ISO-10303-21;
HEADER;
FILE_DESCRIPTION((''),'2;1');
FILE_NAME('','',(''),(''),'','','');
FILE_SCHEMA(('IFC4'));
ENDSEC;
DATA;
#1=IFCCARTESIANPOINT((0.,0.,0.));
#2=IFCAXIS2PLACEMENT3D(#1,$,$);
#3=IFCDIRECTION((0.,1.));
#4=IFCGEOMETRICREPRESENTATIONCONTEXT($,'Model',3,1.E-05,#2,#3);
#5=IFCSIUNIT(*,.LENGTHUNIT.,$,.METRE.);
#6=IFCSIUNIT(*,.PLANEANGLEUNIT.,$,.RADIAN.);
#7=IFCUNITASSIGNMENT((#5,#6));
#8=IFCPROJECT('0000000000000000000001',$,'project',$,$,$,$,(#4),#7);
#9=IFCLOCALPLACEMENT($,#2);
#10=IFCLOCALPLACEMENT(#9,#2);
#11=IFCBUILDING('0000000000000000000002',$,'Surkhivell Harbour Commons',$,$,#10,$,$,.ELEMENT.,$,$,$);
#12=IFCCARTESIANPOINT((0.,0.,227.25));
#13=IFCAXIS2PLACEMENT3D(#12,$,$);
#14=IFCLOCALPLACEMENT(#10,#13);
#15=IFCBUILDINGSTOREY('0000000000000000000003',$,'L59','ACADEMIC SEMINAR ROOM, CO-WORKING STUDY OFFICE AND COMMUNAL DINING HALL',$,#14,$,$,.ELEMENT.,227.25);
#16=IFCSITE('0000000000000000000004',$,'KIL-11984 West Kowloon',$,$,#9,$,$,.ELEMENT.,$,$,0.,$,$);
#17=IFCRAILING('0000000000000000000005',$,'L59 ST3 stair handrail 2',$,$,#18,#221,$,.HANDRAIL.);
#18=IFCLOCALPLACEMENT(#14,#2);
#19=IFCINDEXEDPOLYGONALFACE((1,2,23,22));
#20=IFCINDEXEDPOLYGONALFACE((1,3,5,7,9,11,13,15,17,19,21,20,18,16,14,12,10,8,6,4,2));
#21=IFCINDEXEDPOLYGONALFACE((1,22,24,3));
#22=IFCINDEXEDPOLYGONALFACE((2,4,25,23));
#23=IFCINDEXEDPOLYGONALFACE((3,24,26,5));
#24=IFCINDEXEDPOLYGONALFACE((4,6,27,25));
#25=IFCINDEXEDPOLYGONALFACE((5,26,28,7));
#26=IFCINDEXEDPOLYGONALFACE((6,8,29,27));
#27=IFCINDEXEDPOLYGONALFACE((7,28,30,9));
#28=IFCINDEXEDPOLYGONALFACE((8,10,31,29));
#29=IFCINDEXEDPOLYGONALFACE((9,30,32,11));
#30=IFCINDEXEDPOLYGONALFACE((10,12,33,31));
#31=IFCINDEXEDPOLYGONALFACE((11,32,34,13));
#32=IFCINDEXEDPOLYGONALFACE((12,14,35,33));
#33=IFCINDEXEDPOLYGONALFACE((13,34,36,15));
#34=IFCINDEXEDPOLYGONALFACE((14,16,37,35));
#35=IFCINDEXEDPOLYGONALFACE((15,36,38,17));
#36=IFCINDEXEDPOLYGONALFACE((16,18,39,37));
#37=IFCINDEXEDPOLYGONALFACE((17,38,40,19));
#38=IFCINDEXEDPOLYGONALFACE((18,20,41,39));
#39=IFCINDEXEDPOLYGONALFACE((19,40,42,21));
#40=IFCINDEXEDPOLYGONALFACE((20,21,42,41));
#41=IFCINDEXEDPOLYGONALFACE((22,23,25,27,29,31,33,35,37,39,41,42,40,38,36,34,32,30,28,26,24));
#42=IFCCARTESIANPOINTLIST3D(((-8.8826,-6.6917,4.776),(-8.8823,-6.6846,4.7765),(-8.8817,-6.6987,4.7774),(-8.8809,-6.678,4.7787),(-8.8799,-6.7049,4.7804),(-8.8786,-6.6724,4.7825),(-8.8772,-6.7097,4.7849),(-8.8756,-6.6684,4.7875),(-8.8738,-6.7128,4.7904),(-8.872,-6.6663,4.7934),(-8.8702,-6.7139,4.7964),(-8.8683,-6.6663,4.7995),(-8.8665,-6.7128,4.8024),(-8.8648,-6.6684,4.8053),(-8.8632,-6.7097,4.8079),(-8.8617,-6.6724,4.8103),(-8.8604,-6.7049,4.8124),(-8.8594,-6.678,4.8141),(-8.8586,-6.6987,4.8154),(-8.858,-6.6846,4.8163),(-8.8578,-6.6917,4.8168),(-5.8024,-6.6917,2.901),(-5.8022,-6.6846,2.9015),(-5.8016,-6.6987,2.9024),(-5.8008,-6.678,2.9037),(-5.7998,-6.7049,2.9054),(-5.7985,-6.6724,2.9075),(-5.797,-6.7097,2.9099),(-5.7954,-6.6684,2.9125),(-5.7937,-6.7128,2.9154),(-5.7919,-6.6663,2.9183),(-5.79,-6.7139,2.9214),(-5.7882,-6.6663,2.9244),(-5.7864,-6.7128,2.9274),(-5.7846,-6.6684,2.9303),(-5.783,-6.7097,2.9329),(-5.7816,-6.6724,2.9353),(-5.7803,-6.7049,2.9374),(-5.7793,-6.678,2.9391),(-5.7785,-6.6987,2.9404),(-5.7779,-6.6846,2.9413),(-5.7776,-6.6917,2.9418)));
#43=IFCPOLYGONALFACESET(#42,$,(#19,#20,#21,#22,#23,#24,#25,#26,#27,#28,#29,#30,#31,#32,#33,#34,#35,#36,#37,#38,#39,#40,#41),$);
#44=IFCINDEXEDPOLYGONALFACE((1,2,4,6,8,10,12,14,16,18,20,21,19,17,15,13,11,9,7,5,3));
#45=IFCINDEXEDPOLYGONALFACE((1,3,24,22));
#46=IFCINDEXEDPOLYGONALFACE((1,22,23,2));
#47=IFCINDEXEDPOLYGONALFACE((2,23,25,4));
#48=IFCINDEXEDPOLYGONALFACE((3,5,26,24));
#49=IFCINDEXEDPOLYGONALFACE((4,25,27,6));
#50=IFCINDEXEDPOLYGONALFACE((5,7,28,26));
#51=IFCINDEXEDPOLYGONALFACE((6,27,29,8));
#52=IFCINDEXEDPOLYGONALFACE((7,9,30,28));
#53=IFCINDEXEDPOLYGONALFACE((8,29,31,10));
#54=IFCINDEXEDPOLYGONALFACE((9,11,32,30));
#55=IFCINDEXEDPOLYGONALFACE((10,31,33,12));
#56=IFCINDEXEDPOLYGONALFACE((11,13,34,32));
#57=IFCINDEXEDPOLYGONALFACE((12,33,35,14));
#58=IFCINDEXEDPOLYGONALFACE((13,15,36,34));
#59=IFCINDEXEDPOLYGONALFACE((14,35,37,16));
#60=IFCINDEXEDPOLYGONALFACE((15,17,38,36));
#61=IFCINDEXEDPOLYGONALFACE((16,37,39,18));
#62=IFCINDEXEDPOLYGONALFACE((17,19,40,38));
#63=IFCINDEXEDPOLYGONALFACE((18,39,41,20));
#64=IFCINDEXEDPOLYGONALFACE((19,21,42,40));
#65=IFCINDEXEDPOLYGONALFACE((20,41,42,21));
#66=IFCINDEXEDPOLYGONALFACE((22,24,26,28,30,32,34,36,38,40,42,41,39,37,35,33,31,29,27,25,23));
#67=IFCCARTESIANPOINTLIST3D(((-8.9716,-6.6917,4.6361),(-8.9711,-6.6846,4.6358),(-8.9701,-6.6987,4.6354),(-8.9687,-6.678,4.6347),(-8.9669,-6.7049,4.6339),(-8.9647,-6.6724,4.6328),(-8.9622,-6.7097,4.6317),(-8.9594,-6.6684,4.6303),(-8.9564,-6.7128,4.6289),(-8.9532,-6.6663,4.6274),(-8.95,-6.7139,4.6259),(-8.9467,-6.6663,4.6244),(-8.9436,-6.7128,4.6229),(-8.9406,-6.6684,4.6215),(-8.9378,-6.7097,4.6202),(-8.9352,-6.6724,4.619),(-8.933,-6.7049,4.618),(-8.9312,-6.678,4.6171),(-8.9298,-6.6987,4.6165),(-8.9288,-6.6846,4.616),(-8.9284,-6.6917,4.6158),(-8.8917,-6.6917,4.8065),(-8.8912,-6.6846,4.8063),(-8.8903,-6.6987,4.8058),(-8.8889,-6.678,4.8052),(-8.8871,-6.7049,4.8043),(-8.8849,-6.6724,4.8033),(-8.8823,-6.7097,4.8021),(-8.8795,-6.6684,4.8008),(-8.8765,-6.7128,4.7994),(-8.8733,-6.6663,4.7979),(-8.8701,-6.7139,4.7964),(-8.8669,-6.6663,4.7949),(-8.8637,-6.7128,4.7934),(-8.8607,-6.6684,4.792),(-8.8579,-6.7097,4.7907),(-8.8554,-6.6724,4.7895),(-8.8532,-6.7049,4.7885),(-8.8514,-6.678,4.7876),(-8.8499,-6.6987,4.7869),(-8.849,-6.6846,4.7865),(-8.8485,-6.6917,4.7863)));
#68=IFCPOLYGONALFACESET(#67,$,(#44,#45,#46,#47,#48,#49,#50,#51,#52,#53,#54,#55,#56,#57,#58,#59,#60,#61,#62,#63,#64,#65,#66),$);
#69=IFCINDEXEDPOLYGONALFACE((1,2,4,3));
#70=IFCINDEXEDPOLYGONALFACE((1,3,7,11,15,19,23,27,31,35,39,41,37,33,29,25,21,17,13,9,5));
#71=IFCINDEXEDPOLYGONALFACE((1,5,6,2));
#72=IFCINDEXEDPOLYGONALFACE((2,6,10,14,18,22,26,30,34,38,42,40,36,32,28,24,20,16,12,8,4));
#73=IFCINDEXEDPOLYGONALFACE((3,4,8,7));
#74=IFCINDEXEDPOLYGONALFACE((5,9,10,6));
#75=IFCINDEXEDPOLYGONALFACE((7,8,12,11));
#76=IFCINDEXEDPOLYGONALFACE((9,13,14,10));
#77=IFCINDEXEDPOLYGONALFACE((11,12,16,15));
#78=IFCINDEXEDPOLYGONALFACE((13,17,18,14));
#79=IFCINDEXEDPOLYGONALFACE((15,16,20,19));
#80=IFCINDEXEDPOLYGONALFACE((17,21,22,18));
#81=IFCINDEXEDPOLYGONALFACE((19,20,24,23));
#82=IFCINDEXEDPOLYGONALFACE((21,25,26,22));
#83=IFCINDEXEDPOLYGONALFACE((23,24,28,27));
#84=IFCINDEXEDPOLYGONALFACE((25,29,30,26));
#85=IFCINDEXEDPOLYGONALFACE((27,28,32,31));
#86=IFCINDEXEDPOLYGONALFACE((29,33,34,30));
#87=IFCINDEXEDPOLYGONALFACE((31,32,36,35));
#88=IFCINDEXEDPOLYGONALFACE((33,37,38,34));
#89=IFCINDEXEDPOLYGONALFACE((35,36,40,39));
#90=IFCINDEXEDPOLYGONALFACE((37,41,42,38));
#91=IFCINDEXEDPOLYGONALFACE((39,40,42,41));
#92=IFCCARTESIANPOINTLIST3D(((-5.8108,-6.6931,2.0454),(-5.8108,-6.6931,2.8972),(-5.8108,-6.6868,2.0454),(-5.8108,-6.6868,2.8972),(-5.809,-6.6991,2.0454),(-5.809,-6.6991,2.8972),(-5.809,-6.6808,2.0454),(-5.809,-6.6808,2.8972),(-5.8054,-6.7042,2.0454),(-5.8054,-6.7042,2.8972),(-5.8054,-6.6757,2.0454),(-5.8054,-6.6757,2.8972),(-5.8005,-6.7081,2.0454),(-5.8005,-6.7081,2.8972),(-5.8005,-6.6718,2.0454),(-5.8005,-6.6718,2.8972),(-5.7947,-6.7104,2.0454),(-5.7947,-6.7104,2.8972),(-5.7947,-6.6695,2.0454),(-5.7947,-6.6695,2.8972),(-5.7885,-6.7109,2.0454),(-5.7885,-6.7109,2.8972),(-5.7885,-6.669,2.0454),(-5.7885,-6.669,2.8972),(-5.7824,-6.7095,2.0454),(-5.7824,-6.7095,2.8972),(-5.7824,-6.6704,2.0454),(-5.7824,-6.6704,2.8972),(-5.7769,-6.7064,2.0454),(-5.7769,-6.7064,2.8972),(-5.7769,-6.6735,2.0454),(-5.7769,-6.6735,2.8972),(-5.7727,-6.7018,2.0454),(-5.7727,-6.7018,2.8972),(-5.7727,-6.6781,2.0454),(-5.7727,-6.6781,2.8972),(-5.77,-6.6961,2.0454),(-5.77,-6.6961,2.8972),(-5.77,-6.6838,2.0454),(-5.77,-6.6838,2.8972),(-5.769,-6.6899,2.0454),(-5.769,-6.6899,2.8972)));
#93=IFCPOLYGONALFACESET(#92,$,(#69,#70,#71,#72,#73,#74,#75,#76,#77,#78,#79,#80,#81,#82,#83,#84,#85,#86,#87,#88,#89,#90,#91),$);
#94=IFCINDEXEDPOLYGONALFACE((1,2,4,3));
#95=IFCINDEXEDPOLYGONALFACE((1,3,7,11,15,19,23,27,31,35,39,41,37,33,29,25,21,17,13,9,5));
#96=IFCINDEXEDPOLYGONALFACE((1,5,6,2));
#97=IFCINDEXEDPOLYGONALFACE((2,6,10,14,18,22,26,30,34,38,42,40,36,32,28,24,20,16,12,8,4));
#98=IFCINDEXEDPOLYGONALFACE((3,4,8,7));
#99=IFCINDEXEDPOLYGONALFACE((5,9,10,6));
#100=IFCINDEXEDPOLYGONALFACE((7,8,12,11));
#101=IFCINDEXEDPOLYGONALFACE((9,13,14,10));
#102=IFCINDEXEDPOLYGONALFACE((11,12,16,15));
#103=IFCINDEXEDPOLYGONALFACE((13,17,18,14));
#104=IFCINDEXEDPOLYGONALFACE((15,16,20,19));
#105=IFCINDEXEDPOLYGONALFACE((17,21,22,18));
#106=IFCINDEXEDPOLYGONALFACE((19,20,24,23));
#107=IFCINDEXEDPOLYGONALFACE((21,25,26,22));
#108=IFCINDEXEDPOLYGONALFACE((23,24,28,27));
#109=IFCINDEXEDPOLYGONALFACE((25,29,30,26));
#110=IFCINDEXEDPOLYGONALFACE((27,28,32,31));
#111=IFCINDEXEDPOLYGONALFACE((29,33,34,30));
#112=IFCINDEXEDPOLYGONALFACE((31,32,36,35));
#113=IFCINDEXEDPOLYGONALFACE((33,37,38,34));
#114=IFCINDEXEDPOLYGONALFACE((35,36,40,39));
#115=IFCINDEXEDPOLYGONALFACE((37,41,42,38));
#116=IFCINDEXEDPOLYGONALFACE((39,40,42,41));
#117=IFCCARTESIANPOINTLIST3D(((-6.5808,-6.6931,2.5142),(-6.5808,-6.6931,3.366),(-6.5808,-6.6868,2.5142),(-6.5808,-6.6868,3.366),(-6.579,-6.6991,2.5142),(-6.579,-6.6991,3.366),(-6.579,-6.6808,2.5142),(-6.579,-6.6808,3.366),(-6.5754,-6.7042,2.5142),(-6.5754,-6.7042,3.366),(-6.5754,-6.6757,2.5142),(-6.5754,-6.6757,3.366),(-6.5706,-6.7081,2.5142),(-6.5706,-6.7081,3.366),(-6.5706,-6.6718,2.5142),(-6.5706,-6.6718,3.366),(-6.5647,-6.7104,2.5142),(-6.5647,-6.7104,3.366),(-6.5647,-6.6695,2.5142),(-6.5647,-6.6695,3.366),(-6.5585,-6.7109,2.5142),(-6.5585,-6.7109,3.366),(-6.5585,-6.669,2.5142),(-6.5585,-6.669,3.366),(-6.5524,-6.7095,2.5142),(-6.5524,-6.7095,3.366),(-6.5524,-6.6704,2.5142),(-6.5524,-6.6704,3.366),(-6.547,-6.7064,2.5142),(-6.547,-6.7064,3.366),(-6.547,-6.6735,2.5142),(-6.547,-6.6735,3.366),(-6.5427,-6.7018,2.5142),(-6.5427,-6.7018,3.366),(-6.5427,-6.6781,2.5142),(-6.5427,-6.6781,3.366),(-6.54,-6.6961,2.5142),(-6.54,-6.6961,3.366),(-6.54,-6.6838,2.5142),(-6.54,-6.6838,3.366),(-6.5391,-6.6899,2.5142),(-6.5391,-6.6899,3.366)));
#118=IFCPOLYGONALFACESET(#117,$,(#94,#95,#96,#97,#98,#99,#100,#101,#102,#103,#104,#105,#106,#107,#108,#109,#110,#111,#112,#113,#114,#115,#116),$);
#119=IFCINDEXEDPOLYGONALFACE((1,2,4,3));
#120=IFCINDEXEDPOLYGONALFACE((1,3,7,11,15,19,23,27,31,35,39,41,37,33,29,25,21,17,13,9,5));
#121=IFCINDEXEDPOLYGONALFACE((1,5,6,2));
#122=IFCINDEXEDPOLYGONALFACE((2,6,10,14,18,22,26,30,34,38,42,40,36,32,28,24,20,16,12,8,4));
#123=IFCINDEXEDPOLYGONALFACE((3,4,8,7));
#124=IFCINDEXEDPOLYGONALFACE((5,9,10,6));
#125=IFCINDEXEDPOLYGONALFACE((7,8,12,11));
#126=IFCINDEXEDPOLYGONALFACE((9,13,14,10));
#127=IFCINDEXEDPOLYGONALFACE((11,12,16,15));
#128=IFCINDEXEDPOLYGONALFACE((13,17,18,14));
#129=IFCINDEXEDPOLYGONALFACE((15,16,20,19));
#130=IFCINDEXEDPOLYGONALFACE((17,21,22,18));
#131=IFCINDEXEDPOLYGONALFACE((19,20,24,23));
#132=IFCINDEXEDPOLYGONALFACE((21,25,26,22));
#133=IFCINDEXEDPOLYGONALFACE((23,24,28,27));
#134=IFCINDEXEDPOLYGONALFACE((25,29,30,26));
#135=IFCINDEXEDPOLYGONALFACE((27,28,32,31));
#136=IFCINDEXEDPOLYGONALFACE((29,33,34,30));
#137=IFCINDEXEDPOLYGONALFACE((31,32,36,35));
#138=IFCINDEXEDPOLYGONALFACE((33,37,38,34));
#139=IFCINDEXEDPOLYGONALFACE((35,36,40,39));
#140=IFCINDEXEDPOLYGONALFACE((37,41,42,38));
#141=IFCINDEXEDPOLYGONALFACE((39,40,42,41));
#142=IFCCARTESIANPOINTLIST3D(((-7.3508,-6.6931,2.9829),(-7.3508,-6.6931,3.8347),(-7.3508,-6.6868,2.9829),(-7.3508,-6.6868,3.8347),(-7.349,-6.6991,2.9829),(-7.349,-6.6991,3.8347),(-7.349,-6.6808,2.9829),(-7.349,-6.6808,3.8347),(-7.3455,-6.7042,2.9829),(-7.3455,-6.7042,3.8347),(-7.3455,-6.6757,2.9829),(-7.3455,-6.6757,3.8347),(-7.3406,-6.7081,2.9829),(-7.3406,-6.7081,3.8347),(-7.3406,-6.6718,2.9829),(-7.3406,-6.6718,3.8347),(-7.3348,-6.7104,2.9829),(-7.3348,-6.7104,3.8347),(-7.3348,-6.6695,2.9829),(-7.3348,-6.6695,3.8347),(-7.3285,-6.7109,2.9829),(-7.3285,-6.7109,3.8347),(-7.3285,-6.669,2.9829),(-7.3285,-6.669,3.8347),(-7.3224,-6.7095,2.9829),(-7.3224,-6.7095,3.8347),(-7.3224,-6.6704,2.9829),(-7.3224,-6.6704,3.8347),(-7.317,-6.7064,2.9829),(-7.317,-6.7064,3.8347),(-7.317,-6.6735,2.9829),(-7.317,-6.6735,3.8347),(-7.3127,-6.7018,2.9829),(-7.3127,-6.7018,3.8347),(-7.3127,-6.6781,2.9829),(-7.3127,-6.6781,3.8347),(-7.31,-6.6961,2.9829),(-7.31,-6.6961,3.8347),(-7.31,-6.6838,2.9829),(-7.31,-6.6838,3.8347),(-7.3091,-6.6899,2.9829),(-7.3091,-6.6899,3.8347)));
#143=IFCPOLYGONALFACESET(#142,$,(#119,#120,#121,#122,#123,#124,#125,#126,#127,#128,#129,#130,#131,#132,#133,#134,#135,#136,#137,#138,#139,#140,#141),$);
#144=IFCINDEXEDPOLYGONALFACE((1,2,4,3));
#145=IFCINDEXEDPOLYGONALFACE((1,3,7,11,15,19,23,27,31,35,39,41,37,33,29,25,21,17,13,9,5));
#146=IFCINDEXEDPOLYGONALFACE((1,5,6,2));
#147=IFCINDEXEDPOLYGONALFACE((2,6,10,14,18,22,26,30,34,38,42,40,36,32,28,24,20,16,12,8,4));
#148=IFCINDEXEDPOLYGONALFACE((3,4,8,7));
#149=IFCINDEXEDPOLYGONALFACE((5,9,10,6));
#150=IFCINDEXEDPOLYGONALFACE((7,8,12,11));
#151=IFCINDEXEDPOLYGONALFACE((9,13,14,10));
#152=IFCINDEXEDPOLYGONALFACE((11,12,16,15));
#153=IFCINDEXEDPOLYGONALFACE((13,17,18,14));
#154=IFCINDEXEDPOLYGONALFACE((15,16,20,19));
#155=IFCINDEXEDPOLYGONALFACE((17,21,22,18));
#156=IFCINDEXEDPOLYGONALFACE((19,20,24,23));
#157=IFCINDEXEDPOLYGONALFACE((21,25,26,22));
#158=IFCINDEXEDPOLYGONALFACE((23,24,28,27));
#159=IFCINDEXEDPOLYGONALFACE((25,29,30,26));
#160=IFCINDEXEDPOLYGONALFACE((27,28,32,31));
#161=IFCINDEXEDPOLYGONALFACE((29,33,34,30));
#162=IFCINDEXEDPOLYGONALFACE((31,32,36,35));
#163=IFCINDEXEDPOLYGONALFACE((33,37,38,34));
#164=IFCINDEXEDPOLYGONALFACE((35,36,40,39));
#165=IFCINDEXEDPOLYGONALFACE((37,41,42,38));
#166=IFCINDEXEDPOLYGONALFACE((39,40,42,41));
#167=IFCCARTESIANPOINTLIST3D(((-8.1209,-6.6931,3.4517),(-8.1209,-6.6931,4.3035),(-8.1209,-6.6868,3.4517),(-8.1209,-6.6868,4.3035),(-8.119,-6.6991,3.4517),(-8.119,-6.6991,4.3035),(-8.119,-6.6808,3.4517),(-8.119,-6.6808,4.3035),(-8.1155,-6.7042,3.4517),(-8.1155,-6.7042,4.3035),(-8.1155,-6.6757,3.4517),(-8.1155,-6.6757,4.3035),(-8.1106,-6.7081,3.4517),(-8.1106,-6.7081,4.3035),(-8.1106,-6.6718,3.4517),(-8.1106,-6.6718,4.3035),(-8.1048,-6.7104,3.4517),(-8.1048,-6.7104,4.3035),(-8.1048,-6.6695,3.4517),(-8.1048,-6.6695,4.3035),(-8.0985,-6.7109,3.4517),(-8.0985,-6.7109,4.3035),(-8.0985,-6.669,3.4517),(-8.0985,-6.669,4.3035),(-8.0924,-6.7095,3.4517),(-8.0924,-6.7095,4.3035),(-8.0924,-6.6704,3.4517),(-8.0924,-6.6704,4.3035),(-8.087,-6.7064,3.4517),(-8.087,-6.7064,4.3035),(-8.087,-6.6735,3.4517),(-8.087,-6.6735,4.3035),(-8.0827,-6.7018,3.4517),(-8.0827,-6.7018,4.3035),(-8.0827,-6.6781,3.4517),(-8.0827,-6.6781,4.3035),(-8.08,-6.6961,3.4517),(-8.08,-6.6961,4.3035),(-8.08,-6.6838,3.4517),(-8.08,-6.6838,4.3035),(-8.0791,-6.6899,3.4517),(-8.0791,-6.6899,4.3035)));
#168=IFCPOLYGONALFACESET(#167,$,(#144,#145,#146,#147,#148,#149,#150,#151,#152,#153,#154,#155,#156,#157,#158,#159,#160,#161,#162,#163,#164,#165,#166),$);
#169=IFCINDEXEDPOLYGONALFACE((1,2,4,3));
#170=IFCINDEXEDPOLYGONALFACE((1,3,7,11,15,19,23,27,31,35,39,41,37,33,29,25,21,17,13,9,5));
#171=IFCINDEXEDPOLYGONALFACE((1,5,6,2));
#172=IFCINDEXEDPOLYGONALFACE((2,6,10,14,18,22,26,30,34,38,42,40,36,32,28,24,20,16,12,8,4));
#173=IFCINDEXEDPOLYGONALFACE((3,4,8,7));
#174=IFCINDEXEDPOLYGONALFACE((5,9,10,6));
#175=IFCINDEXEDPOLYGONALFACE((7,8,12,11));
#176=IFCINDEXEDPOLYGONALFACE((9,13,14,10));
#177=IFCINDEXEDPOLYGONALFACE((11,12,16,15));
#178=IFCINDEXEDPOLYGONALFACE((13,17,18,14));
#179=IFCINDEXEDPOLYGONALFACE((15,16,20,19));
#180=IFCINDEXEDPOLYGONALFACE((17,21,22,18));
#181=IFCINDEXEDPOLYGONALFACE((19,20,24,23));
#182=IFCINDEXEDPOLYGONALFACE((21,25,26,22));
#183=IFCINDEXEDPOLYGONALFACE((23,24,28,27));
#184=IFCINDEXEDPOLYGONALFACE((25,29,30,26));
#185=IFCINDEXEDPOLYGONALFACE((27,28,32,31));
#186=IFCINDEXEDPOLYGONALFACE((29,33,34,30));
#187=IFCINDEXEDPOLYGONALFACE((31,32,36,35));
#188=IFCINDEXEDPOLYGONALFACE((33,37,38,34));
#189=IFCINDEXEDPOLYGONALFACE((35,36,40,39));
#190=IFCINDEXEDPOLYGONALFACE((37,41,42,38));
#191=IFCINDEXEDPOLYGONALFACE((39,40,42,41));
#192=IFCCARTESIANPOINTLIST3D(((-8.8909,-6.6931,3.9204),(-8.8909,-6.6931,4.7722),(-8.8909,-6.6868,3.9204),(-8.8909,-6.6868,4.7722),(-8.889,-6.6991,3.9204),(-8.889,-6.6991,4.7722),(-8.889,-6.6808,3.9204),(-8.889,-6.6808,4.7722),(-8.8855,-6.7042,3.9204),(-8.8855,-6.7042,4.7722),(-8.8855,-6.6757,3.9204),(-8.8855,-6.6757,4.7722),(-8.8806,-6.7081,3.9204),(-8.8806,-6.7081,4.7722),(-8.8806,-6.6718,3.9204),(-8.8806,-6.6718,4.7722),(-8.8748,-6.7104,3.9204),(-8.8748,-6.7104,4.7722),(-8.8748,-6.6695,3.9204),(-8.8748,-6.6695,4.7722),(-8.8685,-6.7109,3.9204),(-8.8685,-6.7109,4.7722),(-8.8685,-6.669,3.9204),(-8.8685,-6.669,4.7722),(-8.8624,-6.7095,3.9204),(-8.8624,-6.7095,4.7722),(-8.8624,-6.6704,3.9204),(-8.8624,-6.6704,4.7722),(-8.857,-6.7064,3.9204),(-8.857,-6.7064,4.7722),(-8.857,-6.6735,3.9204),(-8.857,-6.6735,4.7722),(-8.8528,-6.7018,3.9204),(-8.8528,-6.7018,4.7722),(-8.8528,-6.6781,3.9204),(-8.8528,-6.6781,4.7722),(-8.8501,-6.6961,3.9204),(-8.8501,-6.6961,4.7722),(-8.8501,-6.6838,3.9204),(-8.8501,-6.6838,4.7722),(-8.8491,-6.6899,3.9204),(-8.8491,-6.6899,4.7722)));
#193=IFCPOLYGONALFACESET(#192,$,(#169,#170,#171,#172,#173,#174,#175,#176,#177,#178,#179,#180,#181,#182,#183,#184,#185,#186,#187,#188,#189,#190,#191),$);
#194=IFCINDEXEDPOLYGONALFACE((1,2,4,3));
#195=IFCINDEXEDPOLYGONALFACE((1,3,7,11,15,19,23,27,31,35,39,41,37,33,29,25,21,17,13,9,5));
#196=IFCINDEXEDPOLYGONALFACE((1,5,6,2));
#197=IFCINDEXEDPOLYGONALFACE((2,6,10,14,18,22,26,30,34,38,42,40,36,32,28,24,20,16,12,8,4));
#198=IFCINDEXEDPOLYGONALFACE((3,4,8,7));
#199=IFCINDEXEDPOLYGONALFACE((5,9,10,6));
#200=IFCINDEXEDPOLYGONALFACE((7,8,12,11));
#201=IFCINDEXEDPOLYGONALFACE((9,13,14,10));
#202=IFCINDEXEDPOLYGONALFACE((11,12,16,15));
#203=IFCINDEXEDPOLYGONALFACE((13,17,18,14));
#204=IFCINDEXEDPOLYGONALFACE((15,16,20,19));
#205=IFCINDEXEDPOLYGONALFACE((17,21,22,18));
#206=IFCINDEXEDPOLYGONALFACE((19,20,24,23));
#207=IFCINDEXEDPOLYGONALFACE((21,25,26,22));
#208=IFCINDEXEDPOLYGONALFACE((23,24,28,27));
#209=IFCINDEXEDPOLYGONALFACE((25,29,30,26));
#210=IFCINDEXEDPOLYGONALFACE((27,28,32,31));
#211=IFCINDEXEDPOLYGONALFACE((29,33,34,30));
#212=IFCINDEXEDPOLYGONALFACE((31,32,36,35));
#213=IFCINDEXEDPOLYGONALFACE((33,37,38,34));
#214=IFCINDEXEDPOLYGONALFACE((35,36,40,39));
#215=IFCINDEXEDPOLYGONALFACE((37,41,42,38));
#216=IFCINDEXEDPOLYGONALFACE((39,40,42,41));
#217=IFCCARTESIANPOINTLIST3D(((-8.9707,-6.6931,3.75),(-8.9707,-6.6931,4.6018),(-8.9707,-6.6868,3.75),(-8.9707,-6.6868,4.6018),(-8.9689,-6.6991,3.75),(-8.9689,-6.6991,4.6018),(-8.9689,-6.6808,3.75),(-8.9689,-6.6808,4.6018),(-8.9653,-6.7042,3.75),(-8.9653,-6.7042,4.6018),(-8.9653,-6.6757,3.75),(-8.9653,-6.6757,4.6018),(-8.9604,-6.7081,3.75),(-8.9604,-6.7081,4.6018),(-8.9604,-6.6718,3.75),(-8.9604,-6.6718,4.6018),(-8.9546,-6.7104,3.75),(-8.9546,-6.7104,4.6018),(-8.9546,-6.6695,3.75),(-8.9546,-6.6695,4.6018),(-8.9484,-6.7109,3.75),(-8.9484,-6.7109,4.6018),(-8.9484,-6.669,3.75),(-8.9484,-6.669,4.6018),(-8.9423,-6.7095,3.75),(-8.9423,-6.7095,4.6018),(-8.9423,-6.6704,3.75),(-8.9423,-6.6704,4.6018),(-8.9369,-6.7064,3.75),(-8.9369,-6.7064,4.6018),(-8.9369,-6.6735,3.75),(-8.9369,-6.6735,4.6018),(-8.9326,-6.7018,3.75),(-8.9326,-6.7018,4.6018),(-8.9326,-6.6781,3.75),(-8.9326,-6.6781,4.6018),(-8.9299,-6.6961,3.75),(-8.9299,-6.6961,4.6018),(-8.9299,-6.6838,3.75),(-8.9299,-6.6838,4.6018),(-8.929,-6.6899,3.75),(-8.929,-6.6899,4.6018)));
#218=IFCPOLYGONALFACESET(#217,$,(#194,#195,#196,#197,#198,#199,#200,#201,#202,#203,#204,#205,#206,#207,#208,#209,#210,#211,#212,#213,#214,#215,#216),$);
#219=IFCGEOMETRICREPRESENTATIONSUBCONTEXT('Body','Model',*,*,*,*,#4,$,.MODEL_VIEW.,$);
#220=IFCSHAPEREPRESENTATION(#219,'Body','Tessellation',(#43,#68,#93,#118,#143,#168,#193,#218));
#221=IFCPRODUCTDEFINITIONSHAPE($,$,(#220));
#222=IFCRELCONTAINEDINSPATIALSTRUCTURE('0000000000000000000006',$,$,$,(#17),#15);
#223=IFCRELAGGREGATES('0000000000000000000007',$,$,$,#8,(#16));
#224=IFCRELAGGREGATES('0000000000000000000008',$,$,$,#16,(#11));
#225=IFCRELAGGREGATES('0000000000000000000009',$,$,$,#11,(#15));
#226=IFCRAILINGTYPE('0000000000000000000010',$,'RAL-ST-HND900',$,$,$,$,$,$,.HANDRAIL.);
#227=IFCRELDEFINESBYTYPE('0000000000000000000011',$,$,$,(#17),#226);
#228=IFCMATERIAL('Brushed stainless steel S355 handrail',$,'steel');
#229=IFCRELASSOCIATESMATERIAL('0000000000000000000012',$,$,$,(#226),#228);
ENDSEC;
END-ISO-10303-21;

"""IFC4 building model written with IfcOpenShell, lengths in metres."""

from ifc_helpers import new_model, si_unit, direction, frame, origin, origin_2d, place, context, subcontext, project, spatial, circle, extrude, material, type_object, element, save


model = new_model("IFC4")

# Units and contexts
model_context = context("Model", 3, precision=1e-05, world=origin(), true_north=direction((0.0, 1.0)))
body_context = subcontext(model_context, "Body", "Model", "MODEL_VIEW")
ifc_project = project(units=[si_unit("LENGTHUNIT", "METRE"), si_unit("PLANEANGLEUNIT", "RADIAN")], contexts=[model_context])

# Site, building, storey
site_placement = place(None, origin())
site = spatial("IfcSite", under=ifc_project, at=site_placement, Name="KIL-11984 West Kowloon", CompositionType="ELEMENT", RefElevation=0.0)
building_placement = place(site_placement, origin())
building = spatial("IfcBuilding", under=site, at=building_placement, Name="Surkhivell Harbour Commons", CompositionType="ELEMENT")
storey_placement = place(building_placement, frame((0.0, 0.0, 227.25)))
storey = spatial("IfcBuildingStorey", under=building, at=storey_placement, Name="L59", Description="ACADEMIC SEMINAR ROOM, CO-WORKING STUDY OFFICE AND COMMUNAL DINING HALL", CompositionType="ELEMENT", Elevation=227.25)

# Railing
ifc_material_1 = material(Name="Brushed stainless steel S355 handrail", Category="steel")
railing_type_1 = type_object("IfcRailingType", Name="RAL-ST-HND900", PredefinedType="HANDRAIL", material=ifc_material_1)
railing_1_placement = place(storey_placement, frame((-5.79, -6.6899, 2.0454)))
element("IfcRailing", 1, at=railing_1_placement, inside=storey, type_object=railing_type_1, Name="L59 ST3 stair handrail 2", PredefinedType="HANDRAIL", context=body_context, shape_type="SweptSolid", body=[
    extrude(circle(Radius=0.0239, at=origin_2d()), frame((0.0, 0.0, 0.876), z_axis=(-0.854178, 0.0, 0.519981), x_axis=(0.0, -1.0, 0.0)), (0.0, 0.0, 1.0), 3.606),
    extrude(circle(Radius=0.0239, at=origin_2d()), frame((-3.0801, 0.0, 2.751), z_axis=(-0.424234, 0.0, -0.905552), x_axis=(0.0, -1.0, 0.0)), (0.0, 0.0, 1.0), 0.1882),
    extrude(circle(Radius=0.021, at=origin_2d()), origin(), (0.0, 0.0, 1.0), 0.8518),
    extrude(circle(Radius=0.021, at=origin_2d()), frame((-0.77, 0.0, 0.4688)), (0.0, 0.0, 1.0), 0.8518),
    extrude(circle(Radius=0.021, at=origin_2d()), frame((-1.54, 0.0, 0.9375)), (0.0, 0.0, 1.0), 0.8518),
    extrude(circle(Radius=0.021, at=origin_2d()), frame((-2.3101, 0.0, 1.4062)), (0.0, 0.0, 1.0), 0.8518),
    extrude(circle(Radius=0.021, at=origin_2d()), frame((-3.0801, 0.0, 1.875)), (0.0, 0.0, 1.0), 0.8518),
    extrude(circle(Radius=0.021, at=origin_2d()), frame((-3.1599, 0.0, 1.7046)), (0.0, 0.0, 1.0), 0.8518),
])

save(model, "model.ifc")
